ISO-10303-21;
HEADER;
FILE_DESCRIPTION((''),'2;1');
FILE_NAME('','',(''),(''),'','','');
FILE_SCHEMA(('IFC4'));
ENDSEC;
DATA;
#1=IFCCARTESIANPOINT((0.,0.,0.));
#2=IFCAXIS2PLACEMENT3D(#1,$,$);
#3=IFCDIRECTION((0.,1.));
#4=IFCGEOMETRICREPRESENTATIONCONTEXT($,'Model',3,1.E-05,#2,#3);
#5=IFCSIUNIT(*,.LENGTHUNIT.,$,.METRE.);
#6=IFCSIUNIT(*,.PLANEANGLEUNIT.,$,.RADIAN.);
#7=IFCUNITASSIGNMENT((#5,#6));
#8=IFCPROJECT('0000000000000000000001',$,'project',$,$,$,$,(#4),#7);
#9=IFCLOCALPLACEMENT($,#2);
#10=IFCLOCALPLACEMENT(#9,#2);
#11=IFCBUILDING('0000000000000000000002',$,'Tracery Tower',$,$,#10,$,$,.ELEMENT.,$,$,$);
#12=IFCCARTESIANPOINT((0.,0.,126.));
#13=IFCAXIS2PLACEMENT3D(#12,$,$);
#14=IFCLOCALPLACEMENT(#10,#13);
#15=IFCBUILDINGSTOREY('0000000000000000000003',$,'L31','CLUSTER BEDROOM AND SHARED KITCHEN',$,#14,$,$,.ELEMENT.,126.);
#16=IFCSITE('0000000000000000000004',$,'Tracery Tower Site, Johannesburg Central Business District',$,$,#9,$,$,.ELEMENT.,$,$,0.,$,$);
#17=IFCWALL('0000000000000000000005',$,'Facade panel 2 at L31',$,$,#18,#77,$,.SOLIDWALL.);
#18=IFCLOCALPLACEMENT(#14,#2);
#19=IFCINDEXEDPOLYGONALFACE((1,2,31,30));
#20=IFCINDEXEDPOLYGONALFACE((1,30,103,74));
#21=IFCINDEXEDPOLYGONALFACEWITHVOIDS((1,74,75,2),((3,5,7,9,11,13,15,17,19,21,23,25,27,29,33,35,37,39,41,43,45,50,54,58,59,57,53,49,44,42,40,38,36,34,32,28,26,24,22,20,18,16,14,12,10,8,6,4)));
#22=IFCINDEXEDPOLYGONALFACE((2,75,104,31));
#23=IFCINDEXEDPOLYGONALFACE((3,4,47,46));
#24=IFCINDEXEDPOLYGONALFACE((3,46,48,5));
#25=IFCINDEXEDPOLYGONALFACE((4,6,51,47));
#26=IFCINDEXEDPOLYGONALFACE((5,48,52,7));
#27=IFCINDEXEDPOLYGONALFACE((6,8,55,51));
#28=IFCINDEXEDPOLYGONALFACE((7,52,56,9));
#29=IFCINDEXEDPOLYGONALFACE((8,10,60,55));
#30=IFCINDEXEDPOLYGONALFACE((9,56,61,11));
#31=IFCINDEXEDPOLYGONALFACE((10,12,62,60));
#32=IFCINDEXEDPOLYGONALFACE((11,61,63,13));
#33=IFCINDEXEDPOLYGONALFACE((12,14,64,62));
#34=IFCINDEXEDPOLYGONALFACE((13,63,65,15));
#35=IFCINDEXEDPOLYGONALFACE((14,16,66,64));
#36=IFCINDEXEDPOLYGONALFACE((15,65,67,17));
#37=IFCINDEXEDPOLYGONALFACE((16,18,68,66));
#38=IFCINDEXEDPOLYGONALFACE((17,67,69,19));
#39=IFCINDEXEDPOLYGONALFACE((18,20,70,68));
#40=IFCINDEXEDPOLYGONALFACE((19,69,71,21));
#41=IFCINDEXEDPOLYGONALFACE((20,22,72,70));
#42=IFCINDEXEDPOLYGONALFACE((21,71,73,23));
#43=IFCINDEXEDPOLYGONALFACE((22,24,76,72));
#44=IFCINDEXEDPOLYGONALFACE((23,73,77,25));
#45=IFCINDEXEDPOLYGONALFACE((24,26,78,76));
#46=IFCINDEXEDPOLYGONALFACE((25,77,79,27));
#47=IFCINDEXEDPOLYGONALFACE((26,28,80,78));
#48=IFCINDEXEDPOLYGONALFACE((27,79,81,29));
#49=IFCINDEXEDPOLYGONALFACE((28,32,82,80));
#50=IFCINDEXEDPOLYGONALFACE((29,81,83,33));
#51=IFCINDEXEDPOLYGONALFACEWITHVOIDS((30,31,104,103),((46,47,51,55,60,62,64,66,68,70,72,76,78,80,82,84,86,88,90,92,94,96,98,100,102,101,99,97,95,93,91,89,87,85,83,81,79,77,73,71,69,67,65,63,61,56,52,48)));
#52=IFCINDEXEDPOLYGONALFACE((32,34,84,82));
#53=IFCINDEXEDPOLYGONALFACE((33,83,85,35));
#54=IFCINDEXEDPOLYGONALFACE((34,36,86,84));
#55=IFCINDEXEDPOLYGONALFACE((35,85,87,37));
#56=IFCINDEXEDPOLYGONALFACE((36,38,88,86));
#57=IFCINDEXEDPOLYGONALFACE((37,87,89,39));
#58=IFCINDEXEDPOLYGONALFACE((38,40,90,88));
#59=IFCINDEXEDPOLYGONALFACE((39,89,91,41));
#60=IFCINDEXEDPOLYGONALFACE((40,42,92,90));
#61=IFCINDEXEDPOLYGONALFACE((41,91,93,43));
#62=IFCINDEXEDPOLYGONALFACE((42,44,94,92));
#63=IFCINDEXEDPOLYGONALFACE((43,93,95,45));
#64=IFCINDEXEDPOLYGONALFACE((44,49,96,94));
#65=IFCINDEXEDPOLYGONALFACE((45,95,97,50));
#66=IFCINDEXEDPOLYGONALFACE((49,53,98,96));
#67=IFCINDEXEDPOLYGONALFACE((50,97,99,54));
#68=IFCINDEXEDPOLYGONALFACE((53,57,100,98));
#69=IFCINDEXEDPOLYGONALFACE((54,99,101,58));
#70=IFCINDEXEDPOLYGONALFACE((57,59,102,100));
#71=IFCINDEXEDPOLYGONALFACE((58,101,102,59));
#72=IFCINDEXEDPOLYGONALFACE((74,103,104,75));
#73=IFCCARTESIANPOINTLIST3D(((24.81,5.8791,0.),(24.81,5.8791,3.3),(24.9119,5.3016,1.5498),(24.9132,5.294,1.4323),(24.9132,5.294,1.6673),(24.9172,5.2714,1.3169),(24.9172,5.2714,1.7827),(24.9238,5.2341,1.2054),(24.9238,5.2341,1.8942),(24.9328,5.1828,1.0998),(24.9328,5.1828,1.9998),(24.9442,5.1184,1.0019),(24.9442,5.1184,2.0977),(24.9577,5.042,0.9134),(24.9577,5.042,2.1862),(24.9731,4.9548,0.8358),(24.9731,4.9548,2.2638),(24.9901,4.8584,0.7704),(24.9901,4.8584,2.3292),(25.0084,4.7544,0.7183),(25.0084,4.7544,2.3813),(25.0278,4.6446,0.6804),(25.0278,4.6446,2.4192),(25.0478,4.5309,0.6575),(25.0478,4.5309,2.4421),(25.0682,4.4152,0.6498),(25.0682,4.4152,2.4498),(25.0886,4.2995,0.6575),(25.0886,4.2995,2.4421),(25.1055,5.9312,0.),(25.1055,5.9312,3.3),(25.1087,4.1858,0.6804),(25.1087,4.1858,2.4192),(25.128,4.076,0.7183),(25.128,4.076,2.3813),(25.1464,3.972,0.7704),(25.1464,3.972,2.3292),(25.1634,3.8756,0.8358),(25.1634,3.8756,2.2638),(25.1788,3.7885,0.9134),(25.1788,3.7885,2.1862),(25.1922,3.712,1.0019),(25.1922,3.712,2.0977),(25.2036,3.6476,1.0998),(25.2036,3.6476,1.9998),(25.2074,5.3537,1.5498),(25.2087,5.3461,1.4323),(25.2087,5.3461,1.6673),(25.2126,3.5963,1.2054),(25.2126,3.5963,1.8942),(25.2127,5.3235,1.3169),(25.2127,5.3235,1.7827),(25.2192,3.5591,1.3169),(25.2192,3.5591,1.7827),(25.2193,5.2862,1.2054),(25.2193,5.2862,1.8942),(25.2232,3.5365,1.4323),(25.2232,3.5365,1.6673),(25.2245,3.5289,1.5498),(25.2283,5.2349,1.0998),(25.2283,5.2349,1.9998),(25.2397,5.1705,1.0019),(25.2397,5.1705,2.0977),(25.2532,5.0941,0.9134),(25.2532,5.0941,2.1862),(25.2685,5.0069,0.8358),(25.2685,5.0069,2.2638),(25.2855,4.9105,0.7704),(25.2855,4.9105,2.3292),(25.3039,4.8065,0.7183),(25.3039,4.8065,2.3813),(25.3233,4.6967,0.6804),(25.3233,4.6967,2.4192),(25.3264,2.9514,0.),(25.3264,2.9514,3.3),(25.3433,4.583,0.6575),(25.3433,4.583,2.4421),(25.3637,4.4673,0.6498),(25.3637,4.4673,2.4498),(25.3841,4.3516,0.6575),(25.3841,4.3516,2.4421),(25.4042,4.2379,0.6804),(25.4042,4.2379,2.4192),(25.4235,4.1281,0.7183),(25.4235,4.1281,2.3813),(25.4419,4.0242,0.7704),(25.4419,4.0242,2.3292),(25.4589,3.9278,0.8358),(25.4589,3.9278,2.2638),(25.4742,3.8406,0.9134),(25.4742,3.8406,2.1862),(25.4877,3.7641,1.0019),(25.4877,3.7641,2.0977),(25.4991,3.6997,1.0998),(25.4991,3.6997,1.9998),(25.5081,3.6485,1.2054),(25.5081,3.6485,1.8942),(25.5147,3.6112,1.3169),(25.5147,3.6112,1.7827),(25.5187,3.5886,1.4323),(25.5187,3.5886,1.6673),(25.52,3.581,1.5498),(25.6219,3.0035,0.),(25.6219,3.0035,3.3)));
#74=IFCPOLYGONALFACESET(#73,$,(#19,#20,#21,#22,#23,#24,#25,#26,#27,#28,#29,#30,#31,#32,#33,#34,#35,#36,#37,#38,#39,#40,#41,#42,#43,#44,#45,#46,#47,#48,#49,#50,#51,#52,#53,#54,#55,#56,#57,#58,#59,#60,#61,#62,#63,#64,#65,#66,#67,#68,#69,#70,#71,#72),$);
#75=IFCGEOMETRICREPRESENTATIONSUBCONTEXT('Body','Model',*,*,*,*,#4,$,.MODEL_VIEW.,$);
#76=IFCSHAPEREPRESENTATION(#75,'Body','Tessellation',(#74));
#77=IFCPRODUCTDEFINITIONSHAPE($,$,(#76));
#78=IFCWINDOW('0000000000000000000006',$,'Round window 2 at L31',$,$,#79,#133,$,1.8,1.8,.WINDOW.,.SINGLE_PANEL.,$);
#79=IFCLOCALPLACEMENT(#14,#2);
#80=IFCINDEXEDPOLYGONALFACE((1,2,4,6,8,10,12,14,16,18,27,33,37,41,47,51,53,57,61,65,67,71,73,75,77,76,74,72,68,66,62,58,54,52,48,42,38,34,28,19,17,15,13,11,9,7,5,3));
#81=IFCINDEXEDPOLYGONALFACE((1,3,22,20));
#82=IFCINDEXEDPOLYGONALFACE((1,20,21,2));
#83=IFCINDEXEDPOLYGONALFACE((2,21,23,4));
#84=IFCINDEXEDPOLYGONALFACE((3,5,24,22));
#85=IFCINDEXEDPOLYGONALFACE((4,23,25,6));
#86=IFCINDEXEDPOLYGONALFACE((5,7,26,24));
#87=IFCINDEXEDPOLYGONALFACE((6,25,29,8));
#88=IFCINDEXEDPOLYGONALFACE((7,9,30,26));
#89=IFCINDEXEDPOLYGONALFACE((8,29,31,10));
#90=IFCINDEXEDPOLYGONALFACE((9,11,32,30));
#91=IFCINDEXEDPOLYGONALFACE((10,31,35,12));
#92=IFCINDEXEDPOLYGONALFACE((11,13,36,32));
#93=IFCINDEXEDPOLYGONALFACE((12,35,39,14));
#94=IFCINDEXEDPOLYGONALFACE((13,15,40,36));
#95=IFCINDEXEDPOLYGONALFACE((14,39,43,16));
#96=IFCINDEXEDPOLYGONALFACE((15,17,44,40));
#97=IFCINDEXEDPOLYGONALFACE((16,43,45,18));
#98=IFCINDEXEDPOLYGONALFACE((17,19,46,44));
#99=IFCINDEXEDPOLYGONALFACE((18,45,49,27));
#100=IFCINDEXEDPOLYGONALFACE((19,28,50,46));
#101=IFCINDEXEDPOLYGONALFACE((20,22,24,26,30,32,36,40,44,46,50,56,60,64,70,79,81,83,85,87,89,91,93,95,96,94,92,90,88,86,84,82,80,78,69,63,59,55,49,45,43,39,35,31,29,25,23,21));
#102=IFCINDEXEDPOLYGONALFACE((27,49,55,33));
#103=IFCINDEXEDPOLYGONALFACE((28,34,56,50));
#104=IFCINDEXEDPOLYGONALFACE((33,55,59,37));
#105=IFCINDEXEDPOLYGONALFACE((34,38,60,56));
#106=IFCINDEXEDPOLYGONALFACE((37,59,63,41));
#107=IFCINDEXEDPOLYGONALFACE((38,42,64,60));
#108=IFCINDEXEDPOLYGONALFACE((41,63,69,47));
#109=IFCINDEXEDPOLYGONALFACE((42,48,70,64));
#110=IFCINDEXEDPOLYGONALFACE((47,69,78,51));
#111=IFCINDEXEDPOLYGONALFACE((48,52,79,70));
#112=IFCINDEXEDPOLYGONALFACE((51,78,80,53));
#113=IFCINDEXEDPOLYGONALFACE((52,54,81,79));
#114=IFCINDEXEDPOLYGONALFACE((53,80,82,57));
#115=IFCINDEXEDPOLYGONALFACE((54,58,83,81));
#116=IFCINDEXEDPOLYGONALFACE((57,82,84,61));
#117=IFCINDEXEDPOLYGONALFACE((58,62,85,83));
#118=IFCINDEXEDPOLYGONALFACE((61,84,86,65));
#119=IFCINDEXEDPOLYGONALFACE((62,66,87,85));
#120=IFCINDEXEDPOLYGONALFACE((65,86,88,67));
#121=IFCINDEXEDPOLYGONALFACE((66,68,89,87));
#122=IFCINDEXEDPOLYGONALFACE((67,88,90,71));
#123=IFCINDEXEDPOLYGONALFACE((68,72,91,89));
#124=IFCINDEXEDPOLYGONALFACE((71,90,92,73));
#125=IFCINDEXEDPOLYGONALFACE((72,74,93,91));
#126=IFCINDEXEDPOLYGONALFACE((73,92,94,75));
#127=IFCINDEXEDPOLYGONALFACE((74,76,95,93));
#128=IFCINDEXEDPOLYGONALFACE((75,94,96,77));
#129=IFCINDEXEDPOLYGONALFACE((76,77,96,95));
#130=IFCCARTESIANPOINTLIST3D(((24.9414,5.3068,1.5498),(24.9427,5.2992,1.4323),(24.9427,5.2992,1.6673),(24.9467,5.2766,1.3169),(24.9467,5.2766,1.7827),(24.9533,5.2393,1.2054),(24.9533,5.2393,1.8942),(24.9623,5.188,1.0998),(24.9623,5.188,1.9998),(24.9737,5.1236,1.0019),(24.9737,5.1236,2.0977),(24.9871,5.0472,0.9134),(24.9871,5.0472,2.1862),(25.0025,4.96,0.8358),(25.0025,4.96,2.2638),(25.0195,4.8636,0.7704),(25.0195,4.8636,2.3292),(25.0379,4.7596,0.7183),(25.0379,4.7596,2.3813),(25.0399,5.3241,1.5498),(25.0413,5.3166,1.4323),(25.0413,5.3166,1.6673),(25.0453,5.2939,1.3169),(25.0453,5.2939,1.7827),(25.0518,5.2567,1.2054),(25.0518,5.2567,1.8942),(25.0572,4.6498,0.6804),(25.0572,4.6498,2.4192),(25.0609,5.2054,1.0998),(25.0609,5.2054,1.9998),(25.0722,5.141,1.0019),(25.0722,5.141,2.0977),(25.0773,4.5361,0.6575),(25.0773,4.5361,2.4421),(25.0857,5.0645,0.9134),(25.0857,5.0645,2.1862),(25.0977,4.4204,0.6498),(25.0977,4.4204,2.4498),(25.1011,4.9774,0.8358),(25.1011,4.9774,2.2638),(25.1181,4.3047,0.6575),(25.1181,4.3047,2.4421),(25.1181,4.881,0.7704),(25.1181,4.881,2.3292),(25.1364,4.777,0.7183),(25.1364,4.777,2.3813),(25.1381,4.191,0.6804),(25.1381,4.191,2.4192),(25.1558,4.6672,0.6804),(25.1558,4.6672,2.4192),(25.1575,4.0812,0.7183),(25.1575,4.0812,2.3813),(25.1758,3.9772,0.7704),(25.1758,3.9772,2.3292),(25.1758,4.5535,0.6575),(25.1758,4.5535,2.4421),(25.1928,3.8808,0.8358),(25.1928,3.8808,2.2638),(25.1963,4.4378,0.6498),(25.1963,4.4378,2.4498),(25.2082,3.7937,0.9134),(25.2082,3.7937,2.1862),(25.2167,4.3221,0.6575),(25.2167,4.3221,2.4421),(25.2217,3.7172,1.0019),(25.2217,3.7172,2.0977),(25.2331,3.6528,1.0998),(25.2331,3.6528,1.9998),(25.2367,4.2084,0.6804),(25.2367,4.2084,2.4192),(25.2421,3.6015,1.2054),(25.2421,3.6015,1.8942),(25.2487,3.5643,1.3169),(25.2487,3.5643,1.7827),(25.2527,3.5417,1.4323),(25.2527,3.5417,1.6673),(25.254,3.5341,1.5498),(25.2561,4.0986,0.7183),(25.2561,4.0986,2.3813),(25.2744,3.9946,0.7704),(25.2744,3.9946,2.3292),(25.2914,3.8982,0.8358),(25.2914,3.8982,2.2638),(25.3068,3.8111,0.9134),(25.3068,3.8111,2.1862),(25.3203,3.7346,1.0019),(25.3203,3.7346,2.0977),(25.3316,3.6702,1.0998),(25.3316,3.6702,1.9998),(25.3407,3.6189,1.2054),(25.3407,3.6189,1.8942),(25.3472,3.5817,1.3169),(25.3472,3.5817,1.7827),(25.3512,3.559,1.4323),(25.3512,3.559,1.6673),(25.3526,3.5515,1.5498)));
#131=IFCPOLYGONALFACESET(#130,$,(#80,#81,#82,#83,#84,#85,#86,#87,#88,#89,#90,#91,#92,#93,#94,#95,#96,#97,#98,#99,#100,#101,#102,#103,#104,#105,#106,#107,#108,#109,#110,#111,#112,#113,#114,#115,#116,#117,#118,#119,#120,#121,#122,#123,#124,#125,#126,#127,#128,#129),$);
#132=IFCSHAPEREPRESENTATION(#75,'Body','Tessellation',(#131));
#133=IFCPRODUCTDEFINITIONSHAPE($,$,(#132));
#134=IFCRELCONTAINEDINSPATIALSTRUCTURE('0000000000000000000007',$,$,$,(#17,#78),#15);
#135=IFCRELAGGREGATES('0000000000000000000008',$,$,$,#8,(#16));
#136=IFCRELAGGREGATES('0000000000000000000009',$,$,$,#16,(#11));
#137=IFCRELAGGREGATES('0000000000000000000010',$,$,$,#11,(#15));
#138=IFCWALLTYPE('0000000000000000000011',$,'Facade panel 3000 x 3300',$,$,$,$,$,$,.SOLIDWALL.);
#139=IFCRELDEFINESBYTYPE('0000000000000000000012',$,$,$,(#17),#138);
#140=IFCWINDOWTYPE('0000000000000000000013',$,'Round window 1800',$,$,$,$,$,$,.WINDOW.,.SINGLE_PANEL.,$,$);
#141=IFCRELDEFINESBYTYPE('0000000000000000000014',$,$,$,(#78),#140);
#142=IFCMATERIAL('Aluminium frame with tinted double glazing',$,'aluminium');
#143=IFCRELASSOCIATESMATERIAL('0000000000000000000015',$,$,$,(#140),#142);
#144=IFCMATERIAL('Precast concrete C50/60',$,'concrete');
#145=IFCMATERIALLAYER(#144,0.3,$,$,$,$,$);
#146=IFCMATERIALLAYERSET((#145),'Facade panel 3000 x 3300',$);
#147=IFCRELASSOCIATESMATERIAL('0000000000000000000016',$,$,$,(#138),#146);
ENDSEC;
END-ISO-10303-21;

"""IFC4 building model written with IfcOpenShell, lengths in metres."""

from ifc_helpers import new_model, si_unit, direction, frame, frame_2d, origin, origin_2d, place, context, subcontext, project, spatial, rectangle, circle, extrude, material, layer, layer_set, type_object, element, fill, save


model = new_model("IFC4")

# Units and contexts
model_context = context("Model", 3, precision=1e-05, world=origin(), true_north=direction((0.0, 1.0)))
body_context = subcontext(model_context, "Body", "Model", "MODEL_VIEW")
ifc_project = project(units=[si_unit("LENGTHUNIT", "METRE"), si_unit("PLANEANGLEUNIT", "RADIAN")], contexts=[model_context])

# Site, building, storey
site_placement = place(None, origin())
site = spatial("IfcSite", under=ifc_project, at=site_placement, Name="Tracery Tower Site, Johannesburg Central Business District", CompositionType="ELEMENT", RefElevation=0.0)
building_placement = place(site_placement, origin())
building = spatial("IfcBuilding", under=site, at=building_placement, Name="Tracery Tower", CompositionType="ELEMENT")
storey_placement = place(building_placement, frame((0.0, 0.0, 126.0)))
storey = spatial("IfcBuildingStorey", under=building, at=storey_placement, Name="L31", Description="CLUSTER BEDROOM AND SHARED KITCHEN", CompositionType="ELEMENT", Elevation=126.0)

# Wall, opening, window
ifc_material_1 = material(Name="Aluminium frame with tinted double glazing", Category="aluminium")
window_type = type_object("IfcWindowType", Name="Round window 1800", PartitioningType="SINGLE_PANEL", PredefinedType="WINDOW", material=ifc_material_1)
ifc_material_2 = material(Name="Precast concrete C50/60", Category="concrete")
ifc_layer_1 = layer(ifc_material_2, 0.3)
ifc_layer_set_1 = layer_set([ifc_layer_1], Name="Facade panel 3000 x 3300")
wall_type_1 = type_object("IfcWallType", Name="Facade panel 3000 x 3300", PredefinedType="SOLIDWALL", material=ifc_layer_set_1)
wall_1_placement = place(storey_placement, frame((25.4741, 2.9775, 0.0), z_axis=(0.0, 0.0, 1.0), x_axis=(-0.173687, 0.984801, 0.0)))
wall_1 = element("IfcWall", 1, at=wall_1_placement, inside=storey, type_object=wall_type_1, Name="Facade panel 2 at L31", PredefinedType="SOLIDWALL", context=body_context, shape_type="SweptSolid", body=[
    extrude(rectangle(XDim=2.9729, YDim=0.3, at=frame_2d((1.4863, 0.0))), origin(), (0.0, 0.0, 1.0), 3.3),
])
opening_1_placement = place(wall_1_placement, frame((1.4863, 0.0, 1.5498)))
opening_1 = element("IfcOpeningElement", 2, at=opening_1_placement, cuts=wall_1, PredefinedType="OPENING", context=body_context, shape_type="SweptSolid", body=[
    extrude(circle(Radius=0.9, at=origin_2d()), frame((0.0, 0.1599, 0.0), z_axis=(0.0, -1.0, 0.0), x_axis=(1.0, 0.0, 0.0)), (0.0, 0.0, 1.0), 0.3201),
])
window_1_placement = place(opening_1_placement, origin())
window_1 = element("IfcWindow", 3, at=window_1_placement, inside=storey, type_object=window_type, Name="Round window 2 at L31", OverallHeight=1.8, OverallWidth=1.8, PartitioningType="SINGLE_PANEL", PredefinedType="WINDOW", context=body_context, shape_type="SweptSolid", body=[
    extrude(circle(Radius=0.9, at=origin_2d()), frame((0.0, 0.1201, 0.0), z_axis=(0.0, -1.0, 0.0), x_axis=(1.0, 0.0, 0.0)), (0.0, 0.0, 1.0), 0.1001),
])
fill(opening_1, window_1)

save(model, "model.ifc")
